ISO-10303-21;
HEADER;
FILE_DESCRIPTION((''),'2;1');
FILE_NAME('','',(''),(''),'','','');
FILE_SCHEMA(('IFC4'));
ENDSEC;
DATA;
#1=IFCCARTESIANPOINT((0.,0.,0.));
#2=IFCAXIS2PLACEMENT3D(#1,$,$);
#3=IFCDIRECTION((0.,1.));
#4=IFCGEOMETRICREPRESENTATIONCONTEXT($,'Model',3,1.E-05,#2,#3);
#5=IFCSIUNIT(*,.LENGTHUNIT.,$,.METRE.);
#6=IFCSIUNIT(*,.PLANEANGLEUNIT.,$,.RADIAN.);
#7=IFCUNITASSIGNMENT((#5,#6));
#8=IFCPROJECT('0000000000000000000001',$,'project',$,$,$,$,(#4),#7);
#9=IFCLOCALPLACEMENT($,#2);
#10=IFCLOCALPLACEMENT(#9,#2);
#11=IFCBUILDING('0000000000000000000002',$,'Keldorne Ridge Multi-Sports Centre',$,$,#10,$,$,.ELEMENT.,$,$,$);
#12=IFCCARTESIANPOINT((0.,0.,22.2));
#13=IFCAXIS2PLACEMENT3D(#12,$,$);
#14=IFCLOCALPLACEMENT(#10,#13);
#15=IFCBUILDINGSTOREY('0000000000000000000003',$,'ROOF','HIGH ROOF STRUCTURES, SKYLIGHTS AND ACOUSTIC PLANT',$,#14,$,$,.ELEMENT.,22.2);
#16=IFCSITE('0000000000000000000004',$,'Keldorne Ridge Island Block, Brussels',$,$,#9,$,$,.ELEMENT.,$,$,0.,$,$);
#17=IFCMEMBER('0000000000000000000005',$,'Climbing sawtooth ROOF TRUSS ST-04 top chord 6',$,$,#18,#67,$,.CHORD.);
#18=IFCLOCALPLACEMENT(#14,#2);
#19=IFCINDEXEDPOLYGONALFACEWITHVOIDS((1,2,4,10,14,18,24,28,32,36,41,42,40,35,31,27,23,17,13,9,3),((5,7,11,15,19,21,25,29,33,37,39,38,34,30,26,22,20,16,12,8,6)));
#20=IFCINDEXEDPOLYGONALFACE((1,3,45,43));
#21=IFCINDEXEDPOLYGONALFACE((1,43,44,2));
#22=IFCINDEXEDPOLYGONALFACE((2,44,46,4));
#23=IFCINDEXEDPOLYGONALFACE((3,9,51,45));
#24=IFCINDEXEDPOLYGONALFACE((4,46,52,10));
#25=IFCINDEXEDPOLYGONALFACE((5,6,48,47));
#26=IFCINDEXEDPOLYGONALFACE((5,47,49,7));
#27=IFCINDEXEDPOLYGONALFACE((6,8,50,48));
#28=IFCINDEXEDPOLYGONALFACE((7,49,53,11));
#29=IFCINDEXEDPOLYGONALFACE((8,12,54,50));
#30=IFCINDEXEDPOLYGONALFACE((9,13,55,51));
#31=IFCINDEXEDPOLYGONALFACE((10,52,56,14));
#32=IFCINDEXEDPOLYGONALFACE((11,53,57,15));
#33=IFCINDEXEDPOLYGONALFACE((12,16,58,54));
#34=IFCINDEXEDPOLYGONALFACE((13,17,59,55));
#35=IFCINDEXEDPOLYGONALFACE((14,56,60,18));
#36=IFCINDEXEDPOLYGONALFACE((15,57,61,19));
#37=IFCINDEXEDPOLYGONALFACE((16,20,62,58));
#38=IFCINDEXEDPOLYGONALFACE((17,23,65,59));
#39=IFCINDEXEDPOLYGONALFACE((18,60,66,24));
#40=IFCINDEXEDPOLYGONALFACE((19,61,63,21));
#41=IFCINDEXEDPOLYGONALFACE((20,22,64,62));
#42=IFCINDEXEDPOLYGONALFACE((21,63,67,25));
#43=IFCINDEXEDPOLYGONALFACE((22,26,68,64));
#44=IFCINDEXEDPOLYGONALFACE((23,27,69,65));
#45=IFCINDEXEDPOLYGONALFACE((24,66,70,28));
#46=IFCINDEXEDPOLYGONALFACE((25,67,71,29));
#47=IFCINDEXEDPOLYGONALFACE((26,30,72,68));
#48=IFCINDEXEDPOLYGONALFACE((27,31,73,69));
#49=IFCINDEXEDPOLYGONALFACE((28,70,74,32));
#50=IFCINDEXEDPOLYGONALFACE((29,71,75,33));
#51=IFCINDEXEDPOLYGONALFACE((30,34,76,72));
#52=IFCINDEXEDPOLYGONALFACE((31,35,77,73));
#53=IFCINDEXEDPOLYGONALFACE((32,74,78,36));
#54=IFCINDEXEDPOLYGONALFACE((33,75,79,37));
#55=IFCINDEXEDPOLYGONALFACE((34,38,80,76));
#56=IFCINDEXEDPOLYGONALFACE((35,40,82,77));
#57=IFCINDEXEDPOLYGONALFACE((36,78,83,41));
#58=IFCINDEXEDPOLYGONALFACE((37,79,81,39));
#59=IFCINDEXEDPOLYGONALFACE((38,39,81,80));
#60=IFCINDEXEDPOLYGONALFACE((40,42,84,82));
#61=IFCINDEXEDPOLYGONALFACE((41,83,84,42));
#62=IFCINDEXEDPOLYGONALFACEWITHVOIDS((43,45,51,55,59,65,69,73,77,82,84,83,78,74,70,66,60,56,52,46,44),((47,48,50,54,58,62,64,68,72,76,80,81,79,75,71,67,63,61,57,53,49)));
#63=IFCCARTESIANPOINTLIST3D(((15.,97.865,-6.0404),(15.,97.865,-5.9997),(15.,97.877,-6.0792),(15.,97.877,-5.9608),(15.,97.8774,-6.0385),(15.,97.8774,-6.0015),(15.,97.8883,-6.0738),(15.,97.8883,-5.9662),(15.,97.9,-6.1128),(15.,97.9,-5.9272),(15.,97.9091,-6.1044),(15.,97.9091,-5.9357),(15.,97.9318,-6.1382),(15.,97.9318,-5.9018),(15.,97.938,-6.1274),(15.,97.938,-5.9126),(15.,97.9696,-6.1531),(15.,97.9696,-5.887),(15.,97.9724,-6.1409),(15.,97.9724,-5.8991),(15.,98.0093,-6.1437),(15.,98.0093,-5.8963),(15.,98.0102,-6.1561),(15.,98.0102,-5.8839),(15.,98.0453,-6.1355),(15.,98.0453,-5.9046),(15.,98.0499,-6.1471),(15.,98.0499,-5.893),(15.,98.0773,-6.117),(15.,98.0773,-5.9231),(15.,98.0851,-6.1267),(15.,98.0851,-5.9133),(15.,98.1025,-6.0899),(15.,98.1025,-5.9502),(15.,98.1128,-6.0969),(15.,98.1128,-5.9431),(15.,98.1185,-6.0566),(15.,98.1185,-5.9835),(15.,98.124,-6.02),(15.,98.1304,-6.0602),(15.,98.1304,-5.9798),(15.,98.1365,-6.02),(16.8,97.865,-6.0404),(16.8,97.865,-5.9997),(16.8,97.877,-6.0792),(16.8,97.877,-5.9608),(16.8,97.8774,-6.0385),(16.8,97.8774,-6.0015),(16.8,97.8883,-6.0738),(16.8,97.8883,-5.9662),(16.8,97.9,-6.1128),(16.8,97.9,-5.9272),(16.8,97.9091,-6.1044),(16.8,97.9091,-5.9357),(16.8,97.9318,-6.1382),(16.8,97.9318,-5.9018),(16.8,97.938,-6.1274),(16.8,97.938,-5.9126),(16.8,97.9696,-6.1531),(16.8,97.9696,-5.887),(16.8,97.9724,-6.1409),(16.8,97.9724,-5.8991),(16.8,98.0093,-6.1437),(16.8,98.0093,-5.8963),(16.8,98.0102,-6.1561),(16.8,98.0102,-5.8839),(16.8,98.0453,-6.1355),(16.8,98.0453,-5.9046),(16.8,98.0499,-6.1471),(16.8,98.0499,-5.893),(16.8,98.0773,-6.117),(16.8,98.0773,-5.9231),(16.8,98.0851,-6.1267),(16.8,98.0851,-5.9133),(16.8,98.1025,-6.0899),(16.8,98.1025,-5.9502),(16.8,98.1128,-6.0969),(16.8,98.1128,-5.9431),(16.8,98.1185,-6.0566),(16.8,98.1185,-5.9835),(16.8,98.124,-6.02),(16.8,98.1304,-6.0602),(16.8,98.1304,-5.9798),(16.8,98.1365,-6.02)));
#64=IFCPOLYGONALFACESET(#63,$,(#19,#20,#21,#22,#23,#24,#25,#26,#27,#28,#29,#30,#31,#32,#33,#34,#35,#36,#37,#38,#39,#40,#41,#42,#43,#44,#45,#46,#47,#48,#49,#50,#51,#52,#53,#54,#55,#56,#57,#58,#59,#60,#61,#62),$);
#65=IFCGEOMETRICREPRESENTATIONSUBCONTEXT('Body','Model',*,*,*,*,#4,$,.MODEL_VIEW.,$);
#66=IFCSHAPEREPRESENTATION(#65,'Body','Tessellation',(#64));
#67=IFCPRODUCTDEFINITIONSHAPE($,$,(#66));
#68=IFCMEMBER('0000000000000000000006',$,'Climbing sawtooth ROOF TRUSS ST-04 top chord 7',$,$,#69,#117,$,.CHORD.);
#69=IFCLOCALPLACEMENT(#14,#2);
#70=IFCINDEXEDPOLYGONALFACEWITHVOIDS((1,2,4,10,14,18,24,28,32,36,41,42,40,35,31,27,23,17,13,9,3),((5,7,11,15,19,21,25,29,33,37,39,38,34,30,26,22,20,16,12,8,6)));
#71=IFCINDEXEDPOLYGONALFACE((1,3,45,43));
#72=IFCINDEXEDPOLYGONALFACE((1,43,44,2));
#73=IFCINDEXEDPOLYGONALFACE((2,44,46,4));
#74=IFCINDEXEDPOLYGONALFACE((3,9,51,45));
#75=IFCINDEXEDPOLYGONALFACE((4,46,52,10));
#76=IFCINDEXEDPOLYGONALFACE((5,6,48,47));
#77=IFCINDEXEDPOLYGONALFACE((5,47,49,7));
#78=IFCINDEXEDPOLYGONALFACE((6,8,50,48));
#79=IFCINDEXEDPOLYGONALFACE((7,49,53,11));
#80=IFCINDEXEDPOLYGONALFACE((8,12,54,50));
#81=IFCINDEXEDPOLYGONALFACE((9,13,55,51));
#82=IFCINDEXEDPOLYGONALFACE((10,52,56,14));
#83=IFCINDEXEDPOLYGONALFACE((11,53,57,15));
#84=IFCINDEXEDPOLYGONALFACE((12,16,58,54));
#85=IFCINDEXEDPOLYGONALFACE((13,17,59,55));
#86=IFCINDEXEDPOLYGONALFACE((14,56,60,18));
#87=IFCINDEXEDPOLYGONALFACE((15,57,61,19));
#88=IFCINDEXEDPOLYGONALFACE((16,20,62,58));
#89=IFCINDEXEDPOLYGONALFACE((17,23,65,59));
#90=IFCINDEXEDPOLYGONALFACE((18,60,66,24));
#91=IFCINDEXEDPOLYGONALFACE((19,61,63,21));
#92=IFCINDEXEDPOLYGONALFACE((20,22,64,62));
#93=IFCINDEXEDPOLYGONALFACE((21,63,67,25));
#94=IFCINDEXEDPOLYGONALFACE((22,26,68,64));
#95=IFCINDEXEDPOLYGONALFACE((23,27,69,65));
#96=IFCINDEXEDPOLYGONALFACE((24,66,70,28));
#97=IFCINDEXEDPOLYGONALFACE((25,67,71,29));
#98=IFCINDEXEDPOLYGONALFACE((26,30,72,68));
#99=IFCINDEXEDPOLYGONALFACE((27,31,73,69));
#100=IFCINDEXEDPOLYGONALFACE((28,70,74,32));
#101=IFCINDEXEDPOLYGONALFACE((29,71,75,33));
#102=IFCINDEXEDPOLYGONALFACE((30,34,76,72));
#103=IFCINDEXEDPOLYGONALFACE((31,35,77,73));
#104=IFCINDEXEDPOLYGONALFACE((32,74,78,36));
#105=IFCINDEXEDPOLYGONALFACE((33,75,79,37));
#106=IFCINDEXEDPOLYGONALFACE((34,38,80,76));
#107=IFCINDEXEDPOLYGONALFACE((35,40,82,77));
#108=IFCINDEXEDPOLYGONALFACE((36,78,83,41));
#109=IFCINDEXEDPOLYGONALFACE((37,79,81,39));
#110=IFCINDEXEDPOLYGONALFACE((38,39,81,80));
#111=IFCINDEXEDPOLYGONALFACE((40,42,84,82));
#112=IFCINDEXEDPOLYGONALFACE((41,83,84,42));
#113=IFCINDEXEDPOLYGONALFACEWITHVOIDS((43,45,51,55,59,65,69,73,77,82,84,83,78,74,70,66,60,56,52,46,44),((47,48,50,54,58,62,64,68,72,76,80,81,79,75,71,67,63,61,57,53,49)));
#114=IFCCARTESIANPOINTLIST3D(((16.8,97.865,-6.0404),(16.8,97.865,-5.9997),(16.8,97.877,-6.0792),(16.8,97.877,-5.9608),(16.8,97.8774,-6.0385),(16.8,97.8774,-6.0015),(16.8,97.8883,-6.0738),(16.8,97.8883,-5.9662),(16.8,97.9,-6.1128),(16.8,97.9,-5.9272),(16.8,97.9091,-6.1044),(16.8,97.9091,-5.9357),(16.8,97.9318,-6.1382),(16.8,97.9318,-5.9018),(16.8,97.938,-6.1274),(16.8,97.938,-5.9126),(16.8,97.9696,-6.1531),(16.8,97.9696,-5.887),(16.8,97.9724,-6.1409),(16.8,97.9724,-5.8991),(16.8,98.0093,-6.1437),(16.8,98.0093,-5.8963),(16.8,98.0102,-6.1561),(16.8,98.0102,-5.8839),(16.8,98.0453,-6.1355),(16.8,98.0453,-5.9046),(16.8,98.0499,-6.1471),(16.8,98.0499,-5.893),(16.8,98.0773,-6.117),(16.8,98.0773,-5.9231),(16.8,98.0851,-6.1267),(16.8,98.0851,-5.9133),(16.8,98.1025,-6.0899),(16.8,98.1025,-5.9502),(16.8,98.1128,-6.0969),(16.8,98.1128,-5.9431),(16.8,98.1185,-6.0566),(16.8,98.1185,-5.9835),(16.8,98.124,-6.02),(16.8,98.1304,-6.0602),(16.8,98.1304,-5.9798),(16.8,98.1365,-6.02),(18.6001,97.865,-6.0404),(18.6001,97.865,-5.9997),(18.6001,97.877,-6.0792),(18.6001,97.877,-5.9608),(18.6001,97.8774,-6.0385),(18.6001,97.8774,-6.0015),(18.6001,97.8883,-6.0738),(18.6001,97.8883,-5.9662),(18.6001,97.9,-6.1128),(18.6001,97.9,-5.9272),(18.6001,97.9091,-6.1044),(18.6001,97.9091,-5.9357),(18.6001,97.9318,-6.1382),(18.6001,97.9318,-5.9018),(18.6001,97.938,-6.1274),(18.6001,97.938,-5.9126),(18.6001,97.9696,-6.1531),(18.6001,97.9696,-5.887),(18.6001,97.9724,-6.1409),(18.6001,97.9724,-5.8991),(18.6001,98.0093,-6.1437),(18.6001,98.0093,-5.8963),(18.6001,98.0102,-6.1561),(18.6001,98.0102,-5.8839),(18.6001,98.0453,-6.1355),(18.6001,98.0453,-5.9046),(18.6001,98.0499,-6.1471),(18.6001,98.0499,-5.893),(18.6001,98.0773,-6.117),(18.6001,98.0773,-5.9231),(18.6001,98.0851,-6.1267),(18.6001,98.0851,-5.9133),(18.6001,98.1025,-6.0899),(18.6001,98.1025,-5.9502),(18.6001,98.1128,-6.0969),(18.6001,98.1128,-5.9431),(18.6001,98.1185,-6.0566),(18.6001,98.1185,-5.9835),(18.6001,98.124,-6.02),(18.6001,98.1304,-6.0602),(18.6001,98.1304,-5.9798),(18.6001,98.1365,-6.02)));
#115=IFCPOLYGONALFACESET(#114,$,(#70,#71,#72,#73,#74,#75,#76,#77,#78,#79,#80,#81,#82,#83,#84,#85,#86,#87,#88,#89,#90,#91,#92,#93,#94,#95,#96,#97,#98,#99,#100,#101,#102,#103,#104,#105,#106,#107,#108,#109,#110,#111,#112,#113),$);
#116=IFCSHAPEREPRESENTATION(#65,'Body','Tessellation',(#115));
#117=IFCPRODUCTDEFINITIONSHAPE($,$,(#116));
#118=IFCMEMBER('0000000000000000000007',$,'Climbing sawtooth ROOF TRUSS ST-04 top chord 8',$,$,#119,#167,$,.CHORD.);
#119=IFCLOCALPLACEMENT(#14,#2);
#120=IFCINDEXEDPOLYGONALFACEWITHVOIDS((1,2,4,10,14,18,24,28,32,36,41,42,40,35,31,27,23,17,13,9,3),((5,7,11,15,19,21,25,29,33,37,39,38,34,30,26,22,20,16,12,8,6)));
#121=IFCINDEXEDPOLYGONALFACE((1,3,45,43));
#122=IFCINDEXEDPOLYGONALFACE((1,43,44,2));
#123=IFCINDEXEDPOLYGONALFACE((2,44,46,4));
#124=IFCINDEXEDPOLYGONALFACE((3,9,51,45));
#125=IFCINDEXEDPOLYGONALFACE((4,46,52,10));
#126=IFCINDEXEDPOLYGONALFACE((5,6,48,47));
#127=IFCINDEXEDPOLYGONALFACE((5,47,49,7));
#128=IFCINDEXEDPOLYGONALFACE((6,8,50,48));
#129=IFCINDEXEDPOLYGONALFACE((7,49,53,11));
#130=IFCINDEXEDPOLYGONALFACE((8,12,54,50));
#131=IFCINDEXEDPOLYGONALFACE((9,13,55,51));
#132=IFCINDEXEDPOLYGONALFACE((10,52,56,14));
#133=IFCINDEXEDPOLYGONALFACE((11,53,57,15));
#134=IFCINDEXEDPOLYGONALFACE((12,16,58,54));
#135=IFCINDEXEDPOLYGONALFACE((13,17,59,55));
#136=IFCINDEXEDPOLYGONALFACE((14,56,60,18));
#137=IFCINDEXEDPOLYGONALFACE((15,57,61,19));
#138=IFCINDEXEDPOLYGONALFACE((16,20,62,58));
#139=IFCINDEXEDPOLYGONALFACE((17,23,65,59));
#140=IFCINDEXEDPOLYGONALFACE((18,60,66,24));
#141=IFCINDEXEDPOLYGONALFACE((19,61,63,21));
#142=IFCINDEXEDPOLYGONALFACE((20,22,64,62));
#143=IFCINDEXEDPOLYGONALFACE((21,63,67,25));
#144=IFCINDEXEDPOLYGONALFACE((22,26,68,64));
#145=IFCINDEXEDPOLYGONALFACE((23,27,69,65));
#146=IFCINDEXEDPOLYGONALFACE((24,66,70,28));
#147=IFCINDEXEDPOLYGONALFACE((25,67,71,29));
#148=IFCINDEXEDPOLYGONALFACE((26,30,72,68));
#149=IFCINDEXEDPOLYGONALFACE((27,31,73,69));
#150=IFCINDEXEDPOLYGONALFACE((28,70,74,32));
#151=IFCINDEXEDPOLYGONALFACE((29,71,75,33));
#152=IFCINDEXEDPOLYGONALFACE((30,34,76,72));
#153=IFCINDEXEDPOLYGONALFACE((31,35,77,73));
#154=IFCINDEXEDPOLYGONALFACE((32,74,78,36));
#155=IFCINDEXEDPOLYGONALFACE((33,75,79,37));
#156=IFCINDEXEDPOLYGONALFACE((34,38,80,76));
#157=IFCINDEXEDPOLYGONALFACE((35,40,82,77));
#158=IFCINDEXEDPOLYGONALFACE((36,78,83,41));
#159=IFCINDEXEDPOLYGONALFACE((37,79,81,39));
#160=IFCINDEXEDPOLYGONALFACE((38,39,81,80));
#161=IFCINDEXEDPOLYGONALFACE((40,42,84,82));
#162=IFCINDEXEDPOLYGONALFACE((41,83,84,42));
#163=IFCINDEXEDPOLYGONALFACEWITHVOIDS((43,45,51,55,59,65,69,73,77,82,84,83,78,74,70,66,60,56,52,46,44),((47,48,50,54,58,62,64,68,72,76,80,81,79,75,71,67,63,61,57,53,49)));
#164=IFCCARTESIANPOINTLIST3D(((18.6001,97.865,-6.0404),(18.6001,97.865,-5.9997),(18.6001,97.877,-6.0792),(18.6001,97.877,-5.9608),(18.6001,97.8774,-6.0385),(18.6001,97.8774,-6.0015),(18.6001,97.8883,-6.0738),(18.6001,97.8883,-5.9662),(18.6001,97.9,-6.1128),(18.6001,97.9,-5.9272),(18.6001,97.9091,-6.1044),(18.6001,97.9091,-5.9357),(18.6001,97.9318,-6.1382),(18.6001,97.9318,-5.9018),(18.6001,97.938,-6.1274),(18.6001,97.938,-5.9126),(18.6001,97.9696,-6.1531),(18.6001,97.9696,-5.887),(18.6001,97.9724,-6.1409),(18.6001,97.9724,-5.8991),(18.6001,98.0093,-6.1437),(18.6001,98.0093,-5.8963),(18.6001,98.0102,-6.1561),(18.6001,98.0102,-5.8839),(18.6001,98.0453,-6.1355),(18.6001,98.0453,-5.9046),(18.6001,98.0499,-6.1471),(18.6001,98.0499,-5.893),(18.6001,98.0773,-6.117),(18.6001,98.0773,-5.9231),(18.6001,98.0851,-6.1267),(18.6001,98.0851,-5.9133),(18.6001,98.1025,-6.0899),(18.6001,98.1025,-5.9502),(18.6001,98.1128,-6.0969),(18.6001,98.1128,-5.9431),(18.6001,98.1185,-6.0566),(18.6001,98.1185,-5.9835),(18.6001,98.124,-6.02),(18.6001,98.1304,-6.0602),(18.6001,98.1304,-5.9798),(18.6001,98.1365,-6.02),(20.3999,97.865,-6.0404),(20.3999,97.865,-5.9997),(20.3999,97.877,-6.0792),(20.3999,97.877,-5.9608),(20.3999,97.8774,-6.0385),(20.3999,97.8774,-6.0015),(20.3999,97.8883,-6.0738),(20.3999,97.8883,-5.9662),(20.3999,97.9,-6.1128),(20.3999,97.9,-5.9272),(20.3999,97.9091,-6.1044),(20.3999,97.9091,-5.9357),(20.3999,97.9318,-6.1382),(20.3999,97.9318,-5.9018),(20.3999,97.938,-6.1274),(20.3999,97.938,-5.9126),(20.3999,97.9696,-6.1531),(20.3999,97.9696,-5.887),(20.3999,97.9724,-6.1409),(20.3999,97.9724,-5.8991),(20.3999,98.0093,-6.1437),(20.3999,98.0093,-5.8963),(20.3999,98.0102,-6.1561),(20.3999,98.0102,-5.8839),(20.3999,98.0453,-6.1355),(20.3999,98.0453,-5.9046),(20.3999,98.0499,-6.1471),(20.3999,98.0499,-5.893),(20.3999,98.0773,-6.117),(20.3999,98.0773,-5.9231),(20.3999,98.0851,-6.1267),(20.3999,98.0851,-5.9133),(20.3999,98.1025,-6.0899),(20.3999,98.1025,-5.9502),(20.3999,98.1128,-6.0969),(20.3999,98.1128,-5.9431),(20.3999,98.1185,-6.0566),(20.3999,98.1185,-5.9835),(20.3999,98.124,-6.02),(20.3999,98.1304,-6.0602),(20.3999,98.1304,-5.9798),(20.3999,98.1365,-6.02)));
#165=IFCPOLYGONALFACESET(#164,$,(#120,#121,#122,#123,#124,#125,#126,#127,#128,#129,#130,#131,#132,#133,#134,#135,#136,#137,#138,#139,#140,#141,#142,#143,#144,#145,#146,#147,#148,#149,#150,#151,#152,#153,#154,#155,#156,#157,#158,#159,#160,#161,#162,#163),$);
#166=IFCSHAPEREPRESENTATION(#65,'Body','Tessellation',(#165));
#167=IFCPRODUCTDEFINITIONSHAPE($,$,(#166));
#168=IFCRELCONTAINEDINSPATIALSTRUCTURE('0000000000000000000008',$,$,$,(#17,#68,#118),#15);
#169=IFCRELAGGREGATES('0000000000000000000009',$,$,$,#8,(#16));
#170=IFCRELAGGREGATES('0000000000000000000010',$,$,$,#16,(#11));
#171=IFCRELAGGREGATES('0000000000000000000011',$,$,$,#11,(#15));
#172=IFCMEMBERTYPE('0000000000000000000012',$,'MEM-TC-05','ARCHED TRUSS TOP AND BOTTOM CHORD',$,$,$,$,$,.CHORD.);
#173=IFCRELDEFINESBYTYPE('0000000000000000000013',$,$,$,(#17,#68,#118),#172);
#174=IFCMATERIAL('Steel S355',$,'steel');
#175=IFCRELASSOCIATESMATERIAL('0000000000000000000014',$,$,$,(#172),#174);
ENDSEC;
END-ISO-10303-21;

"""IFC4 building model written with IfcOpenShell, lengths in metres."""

from ifc_helpers import new_model, si_unit, direction, frame, origin, origin_2d, place, context, subcontext, project, spatial, hollow_circle, extrude, material, material_profile, profile_set, type_object, element, save


model = new_model("IFC4")

# Units and contexts
model_context = context("Model", 3, precision=1e-05, world=origin(), true_north=direction((0.0, 1.0)))
body_context = subcontext(model_context, "Body", "Model", "MODEL_VIEW")
ifc_project = project(units=[si_unit("LENGTHUNIT", "METRE"), si_unit("PLANEANGLEUNIT", "RADIAN")], contexts=[model_context])

# Site, building, storey
site_placement = place(None, origin())
site = spatial("IfcSite", under=ifc_project, at=site_placement, Name="Keldorne Ridge Island Block, Brussels", CompositionType="ELEMENT", RefElevation=0.0)
building_placement = place(site_placement, origin())
building = spatial("IfcBuilding", under=site, at=building_placement, Name="Keldorne Ridge Multi-Sports Centre", CompositionType="ELEMENT")
storey_placement = place(building_placement, frame((0.0, 0.0, 22.2)))
storey = spatial("IfcBuildingStorey", under=building, at=storey_placement, Name="ROOF", Description="HIGH ROOF STRUCTURES, SKYLIGHTS AND ACOUSTIC PLANT", CompositionType="ELEMENT", Elevation=22.2)

# Shared definitions
ifc_material_1 = material(Name="Steel S355", Category="steel")

# Members
ifc_material_profile_1 = material_profile(ifc_material_1, hollow_circle(Radius=0.1365, WallThickness=0.0125, at=origin_2d()), Name="CHS 273x12.5")
ifc_profile_set_1 = profile_set([ifc_material_profile_1], Name="Steel S355")
member_type_1 = type_object("IfcMemberType", Name="MEM-TC-05", Description="ARCHED TRUSS TOP AND BOTTOM CHORD", PredefinedType="CHORD", material=ifc_profile_set_1)
for number, where, z_axis, x_axis, name in (
    (1, (15.0, 98.0, -6.02), (1.0, 0.0, 0.0), (0.0, 1.0, 0.0), "Climbing sawtooth ROOF TRUSS ST-04 top chord 6"),
    (2, (16.8, 98.0, -6.02), (1.0, 0.0, 0.0), (0.0, 1.0, 0.0), "Climbing sawtooth ROOF TRUSS ST-04 top chord 7"),
):
    element("IfcMember", number, at=place(storey_placement, frame(where, z_axis=z_axis, x_axis=x_axis)), inside=storey, type_object=member_type_1, Name=name, PredefinedType="CHORD", context=body_context, shape_type="SweptSolid", body=[
        extrude(hollow_circle(Radius=0.1365, WallThickness=0.0125, at=origin_2d()), origin(), (0.0, 0.0, 1.0), 1.8),
    ])
member_placement = place(storey_placement, frame((18.6001, 98.0, -6.02), z_axis=(1.0, 0.0, 0.0), x_axis=(0.0, 1.0, 0.0)))
element("IfcMember", 3, at=member_placement, inside=storey, type_object=member_type_1, Name="Climbing sawtooth ROOF TRUSS ST-04 top chord 8", PredefinedType="CHORD", context=body_context, shape_type="SweptSolid", body=[
    extrude(hollow_circle(Radius=0.1365, WallThickness=0.0125, at=origin_2d()), origin(), (0.0, 0.0, 1.0), 1.7998),
])

save(model, "model.ifc")
